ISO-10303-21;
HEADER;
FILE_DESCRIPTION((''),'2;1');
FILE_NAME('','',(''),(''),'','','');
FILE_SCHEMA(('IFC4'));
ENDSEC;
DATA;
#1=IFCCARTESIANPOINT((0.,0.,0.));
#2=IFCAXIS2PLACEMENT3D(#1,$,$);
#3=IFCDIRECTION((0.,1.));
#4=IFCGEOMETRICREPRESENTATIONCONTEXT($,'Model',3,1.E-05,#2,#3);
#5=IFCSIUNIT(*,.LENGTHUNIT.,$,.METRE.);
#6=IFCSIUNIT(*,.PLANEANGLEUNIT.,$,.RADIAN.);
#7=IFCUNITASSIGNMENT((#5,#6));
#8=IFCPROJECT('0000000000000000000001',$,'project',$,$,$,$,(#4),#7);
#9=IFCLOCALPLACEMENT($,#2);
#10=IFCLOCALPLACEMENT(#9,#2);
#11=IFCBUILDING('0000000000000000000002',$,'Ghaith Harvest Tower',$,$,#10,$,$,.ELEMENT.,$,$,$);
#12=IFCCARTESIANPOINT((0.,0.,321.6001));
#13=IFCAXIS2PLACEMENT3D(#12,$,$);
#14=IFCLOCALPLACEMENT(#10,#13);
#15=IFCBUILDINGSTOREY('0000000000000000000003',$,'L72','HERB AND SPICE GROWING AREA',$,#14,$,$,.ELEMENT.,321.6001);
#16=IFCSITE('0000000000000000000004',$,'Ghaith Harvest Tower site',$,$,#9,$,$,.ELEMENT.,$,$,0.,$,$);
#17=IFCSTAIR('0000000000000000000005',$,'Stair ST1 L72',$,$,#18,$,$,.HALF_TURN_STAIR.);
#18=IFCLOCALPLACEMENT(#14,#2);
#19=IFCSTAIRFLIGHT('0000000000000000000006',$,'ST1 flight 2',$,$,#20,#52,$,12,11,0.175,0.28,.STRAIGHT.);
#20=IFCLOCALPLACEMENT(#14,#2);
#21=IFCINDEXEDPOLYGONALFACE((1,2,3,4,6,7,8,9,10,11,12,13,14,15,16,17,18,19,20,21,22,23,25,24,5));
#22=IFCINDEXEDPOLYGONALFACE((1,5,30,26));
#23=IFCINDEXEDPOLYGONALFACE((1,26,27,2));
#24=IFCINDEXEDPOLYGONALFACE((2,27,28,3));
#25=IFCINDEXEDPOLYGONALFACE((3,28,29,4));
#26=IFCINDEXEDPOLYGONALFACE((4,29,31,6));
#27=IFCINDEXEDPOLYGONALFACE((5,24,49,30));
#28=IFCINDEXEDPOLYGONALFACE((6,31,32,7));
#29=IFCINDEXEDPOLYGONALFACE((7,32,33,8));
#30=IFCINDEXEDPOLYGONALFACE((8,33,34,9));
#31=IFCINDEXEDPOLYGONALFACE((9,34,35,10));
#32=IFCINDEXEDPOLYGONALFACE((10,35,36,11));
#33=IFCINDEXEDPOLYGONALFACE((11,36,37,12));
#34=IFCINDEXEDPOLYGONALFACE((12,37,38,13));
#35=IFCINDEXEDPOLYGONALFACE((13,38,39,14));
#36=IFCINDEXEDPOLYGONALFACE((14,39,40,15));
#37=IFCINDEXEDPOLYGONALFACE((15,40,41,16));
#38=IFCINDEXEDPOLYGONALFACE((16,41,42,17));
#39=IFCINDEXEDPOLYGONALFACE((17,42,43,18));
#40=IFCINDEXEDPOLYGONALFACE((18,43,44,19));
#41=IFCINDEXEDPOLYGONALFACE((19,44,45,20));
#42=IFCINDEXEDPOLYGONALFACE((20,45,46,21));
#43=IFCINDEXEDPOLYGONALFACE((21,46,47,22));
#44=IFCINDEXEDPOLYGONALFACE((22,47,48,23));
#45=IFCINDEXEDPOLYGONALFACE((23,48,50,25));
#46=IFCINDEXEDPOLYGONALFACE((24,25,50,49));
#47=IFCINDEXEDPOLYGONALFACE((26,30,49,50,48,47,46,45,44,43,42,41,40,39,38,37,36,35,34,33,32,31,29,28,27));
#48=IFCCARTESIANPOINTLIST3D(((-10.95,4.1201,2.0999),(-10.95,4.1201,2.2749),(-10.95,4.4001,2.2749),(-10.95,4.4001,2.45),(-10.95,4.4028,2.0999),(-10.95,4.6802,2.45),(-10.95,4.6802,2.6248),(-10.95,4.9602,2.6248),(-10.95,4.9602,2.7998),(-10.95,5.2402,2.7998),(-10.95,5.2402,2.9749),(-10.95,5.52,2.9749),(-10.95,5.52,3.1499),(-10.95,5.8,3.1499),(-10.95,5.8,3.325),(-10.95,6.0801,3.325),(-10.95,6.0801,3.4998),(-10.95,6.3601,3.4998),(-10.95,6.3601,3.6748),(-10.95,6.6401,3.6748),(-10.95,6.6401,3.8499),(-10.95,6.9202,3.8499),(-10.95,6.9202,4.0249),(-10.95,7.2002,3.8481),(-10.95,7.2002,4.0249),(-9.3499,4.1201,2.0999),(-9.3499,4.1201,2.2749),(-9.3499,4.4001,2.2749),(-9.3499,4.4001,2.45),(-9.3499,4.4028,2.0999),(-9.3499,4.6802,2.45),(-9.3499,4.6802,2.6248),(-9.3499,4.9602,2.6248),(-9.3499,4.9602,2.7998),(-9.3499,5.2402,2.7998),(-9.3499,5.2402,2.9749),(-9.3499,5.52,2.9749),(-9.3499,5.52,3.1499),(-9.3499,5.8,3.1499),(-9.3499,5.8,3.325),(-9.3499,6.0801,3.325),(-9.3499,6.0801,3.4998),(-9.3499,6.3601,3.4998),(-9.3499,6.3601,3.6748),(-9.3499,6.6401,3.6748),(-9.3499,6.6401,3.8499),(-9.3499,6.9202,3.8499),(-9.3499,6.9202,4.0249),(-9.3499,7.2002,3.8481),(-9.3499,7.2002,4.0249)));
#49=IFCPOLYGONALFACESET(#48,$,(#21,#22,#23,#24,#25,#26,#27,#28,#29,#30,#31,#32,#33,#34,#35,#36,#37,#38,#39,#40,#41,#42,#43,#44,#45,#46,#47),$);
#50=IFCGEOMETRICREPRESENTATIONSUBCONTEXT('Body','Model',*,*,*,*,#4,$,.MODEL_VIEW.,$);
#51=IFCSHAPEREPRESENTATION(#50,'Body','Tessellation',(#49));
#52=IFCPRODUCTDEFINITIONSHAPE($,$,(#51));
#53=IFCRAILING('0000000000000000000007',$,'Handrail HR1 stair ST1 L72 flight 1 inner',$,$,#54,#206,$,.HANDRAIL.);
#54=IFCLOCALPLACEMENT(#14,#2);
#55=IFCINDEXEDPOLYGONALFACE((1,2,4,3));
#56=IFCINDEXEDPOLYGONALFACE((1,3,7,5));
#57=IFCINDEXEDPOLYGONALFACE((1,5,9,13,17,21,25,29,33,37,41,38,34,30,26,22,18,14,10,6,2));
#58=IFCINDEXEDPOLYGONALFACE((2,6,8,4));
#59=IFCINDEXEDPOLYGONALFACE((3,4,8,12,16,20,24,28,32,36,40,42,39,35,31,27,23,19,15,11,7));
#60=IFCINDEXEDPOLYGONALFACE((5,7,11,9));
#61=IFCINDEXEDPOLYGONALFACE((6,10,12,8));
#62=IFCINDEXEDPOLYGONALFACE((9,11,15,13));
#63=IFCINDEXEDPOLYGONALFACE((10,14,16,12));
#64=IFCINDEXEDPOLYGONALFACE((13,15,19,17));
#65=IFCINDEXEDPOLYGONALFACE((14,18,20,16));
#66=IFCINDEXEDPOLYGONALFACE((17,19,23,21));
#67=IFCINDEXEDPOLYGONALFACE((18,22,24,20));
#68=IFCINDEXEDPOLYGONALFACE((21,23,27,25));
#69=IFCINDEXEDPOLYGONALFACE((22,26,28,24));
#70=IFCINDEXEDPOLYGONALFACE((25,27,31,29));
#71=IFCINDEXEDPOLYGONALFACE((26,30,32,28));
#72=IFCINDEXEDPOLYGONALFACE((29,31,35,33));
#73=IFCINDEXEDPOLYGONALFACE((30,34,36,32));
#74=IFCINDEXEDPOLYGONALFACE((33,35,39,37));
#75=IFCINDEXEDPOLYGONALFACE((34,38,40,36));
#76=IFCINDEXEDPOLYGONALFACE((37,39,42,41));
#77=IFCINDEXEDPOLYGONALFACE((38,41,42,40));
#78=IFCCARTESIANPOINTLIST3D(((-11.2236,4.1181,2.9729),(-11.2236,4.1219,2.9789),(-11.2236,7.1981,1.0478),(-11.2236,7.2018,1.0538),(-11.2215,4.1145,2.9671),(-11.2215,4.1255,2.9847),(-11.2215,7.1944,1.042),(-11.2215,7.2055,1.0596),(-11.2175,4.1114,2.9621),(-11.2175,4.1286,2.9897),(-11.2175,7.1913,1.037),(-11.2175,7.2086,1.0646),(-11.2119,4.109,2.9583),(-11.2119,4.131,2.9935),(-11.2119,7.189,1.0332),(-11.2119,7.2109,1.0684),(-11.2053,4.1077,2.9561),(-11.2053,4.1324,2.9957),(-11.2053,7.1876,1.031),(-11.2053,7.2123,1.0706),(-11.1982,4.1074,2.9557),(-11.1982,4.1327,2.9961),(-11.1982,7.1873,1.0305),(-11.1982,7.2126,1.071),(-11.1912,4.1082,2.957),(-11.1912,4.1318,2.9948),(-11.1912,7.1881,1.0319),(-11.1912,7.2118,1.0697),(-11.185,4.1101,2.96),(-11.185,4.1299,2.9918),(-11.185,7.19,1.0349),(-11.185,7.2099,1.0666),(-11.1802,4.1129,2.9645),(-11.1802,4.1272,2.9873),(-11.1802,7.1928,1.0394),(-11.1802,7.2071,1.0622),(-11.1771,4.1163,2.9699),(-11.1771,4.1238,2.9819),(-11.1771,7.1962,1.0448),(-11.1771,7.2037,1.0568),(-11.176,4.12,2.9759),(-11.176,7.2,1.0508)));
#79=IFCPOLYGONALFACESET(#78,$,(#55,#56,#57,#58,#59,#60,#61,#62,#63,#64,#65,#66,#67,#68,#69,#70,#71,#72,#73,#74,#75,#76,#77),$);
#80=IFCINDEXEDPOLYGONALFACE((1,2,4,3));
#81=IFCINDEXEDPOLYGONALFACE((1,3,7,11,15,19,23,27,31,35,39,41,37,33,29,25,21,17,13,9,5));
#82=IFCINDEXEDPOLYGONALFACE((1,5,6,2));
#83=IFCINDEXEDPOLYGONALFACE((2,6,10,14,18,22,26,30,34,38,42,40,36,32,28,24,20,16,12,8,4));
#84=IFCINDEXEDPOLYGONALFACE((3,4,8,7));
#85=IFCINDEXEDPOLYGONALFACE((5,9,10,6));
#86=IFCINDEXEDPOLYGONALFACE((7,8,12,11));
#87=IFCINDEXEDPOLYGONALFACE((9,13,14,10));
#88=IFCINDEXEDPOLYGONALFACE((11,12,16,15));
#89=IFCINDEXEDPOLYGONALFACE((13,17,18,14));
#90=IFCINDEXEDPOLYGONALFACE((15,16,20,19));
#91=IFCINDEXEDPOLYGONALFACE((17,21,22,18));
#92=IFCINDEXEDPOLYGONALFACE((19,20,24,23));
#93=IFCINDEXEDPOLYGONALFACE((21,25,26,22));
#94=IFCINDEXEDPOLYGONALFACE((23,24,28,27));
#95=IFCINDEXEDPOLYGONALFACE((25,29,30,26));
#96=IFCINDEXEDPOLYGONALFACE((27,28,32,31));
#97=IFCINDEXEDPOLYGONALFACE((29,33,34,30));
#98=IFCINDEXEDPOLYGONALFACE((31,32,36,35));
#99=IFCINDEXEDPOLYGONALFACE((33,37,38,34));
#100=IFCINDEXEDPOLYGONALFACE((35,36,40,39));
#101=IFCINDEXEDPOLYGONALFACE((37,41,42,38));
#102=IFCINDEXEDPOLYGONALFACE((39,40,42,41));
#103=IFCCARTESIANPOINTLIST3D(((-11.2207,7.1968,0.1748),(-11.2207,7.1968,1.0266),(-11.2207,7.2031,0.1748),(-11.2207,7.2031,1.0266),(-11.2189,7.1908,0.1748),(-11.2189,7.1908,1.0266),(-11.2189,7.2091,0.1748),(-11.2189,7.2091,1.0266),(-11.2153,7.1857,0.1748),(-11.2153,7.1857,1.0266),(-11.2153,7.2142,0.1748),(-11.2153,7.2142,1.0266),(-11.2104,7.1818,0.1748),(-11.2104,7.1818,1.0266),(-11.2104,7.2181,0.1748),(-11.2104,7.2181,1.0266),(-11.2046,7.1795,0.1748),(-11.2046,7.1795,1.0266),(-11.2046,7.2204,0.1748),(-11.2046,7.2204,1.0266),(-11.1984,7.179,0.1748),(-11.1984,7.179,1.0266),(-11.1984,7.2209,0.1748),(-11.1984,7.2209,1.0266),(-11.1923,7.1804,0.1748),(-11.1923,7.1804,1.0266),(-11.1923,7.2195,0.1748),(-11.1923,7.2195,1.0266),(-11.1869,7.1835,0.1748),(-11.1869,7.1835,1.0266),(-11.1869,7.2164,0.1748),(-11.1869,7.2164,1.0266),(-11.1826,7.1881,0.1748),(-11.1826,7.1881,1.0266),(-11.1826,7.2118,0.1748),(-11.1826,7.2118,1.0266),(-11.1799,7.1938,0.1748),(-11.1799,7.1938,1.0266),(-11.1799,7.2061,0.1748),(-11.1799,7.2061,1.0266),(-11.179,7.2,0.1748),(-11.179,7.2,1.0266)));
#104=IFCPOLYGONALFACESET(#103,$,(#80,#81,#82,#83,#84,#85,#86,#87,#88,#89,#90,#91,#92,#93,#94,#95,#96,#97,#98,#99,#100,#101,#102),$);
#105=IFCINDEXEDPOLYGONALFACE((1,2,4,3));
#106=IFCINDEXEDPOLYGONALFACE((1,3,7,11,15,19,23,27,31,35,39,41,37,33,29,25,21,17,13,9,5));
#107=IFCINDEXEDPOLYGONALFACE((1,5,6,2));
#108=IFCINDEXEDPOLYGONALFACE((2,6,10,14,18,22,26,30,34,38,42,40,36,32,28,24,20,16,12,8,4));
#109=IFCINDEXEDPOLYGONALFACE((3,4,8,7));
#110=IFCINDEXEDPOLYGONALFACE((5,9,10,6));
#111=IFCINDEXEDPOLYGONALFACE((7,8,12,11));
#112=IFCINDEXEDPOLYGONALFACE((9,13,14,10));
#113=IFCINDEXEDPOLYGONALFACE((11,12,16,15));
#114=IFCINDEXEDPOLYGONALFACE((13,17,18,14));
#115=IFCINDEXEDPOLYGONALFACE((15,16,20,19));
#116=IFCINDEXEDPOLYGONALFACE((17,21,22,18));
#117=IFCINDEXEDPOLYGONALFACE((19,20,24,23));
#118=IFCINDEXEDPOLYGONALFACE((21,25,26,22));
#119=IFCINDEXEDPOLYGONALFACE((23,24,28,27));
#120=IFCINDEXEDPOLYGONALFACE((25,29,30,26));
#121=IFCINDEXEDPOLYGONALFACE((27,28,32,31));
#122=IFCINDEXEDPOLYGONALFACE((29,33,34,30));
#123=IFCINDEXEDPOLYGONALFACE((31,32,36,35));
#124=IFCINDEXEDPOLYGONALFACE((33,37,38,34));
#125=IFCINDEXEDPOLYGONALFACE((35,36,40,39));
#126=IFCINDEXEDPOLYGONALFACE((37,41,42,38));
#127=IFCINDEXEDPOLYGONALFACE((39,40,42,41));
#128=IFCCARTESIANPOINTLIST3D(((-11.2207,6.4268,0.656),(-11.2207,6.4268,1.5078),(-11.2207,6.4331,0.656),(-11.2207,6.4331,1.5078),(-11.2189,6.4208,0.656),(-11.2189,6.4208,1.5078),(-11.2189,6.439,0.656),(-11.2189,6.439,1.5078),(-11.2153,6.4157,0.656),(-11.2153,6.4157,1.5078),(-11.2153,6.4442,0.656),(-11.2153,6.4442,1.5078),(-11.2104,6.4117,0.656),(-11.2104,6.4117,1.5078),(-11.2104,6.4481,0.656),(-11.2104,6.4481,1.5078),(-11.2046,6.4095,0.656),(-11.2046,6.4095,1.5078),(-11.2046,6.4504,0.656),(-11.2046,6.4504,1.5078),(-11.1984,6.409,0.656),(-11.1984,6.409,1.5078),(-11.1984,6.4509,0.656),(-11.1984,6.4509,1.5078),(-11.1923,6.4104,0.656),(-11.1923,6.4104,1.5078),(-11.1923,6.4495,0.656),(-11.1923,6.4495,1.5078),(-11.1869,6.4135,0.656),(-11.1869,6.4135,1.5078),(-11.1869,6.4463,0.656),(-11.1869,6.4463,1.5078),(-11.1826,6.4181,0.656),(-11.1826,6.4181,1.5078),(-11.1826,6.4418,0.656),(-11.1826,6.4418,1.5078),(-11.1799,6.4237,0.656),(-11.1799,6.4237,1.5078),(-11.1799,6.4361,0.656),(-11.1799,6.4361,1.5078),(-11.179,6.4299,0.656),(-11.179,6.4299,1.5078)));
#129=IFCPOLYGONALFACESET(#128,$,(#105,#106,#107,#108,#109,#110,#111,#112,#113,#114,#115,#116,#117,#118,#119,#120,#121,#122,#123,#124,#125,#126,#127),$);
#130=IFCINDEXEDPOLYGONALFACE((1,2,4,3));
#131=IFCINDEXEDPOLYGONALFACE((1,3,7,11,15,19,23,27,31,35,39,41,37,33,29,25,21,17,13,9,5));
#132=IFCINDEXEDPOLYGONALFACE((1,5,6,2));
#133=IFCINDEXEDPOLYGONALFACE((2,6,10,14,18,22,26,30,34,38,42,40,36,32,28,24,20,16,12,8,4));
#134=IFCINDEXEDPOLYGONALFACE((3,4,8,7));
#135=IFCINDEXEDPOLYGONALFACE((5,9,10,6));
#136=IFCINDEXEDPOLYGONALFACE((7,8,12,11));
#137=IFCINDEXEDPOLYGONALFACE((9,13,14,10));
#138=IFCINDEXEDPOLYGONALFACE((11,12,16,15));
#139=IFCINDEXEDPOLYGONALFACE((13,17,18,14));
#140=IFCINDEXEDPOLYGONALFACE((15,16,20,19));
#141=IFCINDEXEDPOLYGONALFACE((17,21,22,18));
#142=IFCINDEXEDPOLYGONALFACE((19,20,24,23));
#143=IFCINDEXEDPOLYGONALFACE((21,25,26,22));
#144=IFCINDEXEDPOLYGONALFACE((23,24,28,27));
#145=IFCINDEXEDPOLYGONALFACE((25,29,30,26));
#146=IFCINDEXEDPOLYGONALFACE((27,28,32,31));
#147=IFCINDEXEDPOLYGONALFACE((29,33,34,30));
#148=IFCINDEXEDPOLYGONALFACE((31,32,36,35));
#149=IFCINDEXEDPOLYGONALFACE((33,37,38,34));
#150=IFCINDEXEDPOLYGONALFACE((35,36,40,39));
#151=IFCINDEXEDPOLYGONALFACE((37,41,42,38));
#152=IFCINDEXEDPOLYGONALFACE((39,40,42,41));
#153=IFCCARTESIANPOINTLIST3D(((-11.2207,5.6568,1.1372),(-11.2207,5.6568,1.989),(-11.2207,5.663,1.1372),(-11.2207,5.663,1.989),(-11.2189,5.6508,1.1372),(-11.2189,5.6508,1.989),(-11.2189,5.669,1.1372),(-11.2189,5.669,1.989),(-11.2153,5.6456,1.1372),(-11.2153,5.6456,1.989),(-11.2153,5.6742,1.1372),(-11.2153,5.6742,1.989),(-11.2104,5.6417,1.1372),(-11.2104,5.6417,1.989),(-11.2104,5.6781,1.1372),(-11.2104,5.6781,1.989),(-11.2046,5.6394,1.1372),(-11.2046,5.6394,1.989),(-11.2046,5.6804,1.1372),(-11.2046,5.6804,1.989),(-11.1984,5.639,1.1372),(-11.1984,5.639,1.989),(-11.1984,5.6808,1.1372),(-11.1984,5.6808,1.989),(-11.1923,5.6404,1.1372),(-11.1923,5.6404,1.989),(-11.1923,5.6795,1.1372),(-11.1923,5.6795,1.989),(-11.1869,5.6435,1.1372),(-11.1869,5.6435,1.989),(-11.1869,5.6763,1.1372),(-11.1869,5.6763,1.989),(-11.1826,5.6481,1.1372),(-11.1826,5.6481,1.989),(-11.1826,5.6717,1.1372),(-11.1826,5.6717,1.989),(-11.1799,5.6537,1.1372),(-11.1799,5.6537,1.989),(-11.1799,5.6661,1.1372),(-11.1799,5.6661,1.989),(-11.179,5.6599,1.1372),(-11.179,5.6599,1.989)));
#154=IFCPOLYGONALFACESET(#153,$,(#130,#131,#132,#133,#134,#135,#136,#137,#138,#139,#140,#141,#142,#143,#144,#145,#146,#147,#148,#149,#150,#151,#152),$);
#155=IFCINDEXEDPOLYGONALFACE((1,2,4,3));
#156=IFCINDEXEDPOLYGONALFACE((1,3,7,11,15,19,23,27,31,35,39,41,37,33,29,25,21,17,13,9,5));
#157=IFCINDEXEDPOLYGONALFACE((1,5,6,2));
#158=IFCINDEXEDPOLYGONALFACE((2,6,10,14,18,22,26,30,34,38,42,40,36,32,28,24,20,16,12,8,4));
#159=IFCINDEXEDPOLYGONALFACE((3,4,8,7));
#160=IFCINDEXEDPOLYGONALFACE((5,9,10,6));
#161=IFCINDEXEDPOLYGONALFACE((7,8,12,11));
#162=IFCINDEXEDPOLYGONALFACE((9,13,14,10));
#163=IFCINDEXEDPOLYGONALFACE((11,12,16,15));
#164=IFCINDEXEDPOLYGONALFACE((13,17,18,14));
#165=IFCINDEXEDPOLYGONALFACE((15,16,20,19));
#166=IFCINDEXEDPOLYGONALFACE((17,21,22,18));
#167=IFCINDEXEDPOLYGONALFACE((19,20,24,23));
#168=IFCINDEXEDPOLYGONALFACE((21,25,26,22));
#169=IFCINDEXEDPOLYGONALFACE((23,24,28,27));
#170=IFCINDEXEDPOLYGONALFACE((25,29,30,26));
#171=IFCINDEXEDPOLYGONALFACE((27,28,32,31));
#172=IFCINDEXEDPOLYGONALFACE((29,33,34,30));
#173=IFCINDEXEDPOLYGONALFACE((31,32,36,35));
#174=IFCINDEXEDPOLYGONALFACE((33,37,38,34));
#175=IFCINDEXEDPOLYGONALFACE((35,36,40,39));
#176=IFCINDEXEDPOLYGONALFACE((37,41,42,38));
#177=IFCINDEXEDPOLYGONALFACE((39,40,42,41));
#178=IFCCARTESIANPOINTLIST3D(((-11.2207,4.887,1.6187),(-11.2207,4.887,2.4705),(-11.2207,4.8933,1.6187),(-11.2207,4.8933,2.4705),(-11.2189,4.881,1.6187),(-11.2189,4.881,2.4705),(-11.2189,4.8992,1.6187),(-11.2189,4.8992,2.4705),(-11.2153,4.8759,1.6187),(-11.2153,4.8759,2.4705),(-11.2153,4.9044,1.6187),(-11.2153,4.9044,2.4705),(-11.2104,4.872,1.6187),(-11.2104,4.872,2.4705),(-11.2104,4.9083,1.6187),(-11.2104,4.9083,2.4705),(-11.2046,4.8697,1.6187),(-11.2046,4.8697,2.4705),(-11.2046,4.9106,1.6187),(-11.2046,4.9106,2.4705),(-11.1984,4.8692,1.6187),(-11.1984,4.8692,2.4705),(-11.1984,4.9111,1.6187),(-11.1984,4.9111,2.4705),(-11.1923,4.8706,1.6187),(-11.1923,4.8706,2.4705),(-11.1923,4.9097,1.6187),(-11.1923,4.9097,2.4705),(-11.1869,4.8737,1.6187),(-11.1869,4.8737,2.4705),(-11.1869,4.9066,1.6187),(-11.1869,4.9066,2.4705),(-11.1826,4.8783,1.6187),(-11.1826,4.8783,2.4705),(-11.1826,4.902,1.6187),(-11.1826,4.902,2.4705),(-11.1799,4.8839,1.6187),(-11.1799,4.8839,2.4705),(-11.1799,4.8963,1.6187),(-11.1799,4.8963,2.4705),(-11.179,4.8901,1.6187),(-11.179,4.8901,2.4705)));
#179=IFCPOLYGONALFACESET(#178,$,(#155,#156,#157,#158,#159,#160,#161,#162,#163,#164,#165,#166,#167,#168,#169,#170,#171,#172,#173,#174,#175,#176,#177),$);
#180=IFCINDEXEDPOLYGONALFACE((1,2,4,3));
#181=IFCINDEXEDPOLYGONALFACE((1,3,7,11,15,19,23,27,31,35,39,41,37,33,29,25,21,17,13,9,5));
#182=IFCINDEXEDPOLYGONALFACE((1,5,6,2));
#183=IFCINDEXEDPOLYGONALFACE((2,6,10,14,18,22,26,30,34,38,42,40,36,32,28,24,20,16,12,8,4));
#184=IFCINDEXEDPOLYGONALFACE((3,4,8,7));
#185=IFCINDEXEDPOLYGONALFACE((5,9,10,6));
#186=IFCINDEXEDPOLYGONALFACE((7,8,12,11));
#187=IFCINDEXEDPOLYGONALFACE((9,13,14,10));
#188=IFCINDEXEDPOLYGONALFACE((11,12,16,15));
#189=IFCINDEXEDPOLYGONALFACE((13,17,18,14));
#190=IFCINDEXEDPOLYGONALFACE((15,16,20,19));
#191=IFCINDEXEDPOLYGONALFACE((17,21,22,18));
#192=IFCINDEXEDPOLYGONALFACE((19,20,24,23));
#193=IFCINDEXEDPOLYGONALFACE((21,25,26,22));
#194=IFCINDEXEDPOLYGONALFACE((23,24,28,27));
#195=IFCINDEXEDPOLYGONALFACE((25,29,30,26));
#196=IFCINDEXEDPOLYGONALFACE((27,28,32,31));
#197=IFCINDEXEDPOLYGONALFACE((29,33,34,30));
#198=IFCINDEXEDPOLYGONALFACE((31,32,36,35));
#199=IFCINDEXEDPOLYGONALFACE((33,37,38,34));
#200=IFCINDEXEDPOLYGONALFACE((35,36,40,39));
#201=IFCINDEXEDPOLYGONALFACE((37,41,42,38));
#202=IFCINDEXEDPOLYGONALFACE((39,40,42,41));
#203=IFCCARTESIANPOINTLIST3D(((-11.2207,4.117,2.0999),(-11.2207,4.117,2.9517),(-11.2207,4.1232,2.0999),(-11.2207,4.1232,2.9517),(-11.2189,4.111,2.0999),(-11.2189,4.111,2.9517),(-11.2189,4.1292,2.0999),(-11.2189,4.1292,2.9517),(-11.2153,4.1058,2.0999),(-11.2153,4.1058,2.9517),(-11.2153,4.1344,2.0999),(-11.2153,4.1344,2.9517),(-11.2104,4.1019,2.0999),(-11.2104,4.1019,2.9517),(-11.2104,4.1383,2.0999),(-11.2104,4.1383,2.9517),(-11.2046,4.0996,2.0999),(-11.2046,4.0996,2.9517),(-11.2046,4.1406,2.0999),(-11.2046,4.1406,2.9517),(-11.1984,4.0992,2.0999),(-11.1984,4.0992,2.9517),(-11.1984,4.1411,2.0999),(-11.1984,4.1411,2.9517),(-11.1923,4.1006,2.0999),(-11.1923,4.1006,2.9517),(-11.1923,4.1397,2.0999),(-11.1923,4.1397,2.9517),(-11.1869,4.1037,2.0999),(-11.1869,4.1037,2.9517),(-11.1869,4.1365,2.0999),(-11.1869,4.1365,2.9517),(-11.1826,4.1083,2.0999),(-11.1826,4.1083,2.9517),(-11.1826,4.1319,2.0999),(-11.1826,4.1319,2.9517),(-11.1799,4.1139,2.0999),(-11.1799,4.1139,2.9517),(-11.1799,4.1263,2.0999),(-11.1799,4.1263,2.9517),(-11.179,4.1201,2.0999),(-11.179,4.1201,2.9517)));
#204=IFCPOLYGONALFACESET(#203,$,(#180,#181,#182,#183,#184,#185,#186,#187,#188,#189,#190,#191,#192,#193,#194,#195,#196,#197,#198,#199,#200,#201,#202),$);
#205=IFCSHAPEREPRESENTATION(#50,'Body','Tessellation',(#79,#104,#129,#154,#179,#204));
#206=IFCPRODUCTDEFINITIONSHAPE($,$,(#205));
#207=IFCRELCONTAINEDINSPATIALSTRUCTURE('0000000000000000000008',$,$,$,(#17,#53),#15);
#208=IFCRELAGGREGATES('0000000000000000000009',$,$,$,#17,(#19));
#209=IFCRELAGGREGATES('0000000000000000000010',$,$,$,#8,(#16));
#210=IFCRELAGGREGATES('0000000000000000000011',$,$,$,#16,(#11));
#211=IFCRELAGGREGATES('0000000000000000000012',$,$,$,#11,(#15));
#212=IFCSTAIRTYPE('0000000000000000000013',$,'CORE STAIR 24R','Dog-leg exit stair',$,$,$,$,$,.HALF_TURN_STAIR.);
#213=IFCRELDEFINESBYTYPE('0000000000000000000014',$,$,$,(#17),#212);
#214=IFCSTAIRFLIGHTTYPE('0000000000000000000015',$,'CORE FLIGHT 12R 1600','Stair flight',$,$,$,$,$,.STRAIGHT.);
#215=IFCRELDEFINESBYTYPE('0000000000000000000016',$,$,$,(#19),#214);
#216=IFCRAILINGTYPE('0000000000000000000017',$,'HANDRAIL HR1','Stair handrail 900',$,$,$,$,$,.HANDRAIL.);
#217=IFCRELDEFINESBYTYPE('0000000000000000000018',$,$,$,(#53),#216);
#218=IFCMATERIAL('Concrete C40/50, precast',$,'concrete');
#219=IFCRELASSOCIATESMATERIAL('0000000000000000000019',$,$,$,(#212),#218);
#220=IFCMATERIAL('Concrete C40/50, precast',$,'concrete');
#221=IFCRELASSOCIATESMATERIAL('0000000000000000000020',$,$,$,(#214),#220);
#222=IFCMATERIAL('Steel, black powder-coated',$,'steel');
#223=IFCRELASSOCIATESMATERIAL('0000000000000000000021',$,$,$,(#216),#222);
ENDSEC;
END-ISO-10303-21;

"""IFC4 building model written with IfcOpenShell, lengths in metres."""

from ifc_helpers import new_model, si_unit, direction, frame, origin, origin_2d, place, context, subcontext, project, spatial, polyline, circle, outline, extrude, material, type_object, element, aggregate, save


model = new_model("IFC4")

# Units and contexts
model_context = context("Model", 3, precision=1e-05, world=origin(), true_north=direction((0.0, 1.0)))
body_context = subcontext(model_context, "Body", "Model", "MODEL_VIEW")
ifc_project = project(units=[si_unit("LENGTHUNIT", "METRE"), si_unit("PLANEANGLEUNIT", "RADIAN")], contexts=[model_context])

# Site, building, storey
site_placement = place(None, origin())
site = spatial("IfcSite", under=ifc_project, at=site_placement, Name="Ghaith Harvest Tower site", CompositionType="ELEMENT", RefElevation=0.0)
building_placement = place(site_placement, origin())
building = spatial("IfcBuilding", under=site, at=building_placement, Name="Ghaith Harvest Tower", CompositionType="ELEMENT")
storey_placement = place(building_placement, frame((0.0, 0.0, 321.6001)))
storey = spatial("IfcBuildingStorey", under=building, at=storey_placement, Name="L72", Description="HERB AND SPICE GROWING AREA", CompositionType="ELEMENT", Elevation=321.6001)

# Stair, stair flight
ifc_material_1 = material(Name="Concrete C40/50, precast", Category="concrete")
stair_type = type_object("IfcStairType", Name="CORE STAIR 24R", Description="Dog-leg exit stair", PredefinedType="HALF_TURN_STAIR", material=ifc_material_1)
stair_placement = place(storey_placement, origin())
stair = element("IfcStair", 1, at=stair_placement, inside=storey, type_object=stair_type, Name="Stair ST1 L72", PredefinedType="HALF_TURN_STAIR")
ifc_material_2 = material(Name="Concrete C40/50, precast", Category="concrete")
stair_flight_type = type_object("IfcStairFlightType", Name="CORE FLIGHT 12R 1600", Description="Stair flight", PredefinedType="STRAIGHT", material=ifc_material_2)
stair_flight_1_placement = place(storey_placement, frame((-10.1499, 4.1201, 2.0999), z_axis=(0.0, 0.0, 1.0), x_axis=(0.0, 1.0, 0.0)))
stair_flight_1 = element("IfcStairFlight", 2, at=stair_flight_1_placement, type_object=stair_flight_type, Name="ST1 flight 2", NumberOfRisers=12, NumberOfTreads=11, PredefinedType="STRAIGHT", RiserHeight=0.175, TreadLength=0.28, context=body_context, shape_type="SweptSolid", body=[
    extrude(outline(polyline([(0.0, 0.0), (0.0, 0.175), (0.28, 0.175), (0.28, 0.3501), (0.5601, 0.3501), (0.5601, 0.5249), (0.8401, 0.5249), (0.8401, 0.7), (1.1201, 0.7), (1.1201, 0.875), (1.3999, 0.875), (1.3999, 1.05), (1.6799, 1.05), (1.6799, 1.2251), (1.96, 1.2251), (1.96, 1.3999), (2.24, 1.3999), (2.24, 1.575), (2.52, 1.575), (2.52, 1.75), (2.8, 1.75), (2.8, 1.925), (3.0801, 1.925), (3.0801, 2.1001), (3.0801, 1.7483), (0.2827, 0.0), (0.0, 0.0)])), frame((0.0, 0.8, 0.0), z_axis=(0.0, -1.0, 0.0), x_axis=(1.0, 0.0, 0.0)), (0.0, 0.0, 1.0), 1.6001),
])
aggregate(stair, [stair_flight_1])

# Railing
ifc_material_3 = material(Name="Steel, black powder-coated", Category="steel")
railing_type = type_object("IfcRailingType", Name="HANDRAIL HR1", Description="Stair handrail 900", PredefinedType="HANDRAIL", material=ifc_material_3)
railing_1_placement = place(storey_placement, frame((-11.2, 7.2, 0.1748)))
element("IfcRailing", 3, at=railing_1_placement, inside=storey, type_object=railing_type, Name="Handrail HR1 stair ST1 L72 flight 1 inner", PredefinedType="HANDRAIL", context=body_context, shape_type="SweptSolid", body=[
    extrude(circle(Radius=0.0239, at=origin_2d()), frame((0.0, 0.0, 0.876), z_axis=(0.0, -0.847979, 0.530029), x_axis=(1.0, 0.0, 0.0)), (0.0, 0.0, 1.0), 3.6321),
    extrude(circle(Radius=0.021, at=origin_2d()), origin(), (0.0, 0.0, 1.0), 0.8518),
    extrude(circle(Radius=0.021, at=origin_2d()), frame((0.0, -0.77, 0.4812)), (0.0, 0.0, 1.0), 0.8518),
    extrude(circle(Radius=0.021, at=origin_2d()), frame((0.0, -1.54, 0.9624)), (0.0, 0.0, 1.0), 0.8518),
    extrude(circle(Radius=0.021, at=origin_2d()), frame((0.0, -2.3098, 1.4438)), (0.0, 0.0, 1.0), 0.8518),
    extrude(circle(Radius=0.021, at=origin_2d()), frame((0.0, -3.0798, 1.925)), (0.0, 0.0, 1.0), 0.8518),
])

save(model, "model.ifc")
